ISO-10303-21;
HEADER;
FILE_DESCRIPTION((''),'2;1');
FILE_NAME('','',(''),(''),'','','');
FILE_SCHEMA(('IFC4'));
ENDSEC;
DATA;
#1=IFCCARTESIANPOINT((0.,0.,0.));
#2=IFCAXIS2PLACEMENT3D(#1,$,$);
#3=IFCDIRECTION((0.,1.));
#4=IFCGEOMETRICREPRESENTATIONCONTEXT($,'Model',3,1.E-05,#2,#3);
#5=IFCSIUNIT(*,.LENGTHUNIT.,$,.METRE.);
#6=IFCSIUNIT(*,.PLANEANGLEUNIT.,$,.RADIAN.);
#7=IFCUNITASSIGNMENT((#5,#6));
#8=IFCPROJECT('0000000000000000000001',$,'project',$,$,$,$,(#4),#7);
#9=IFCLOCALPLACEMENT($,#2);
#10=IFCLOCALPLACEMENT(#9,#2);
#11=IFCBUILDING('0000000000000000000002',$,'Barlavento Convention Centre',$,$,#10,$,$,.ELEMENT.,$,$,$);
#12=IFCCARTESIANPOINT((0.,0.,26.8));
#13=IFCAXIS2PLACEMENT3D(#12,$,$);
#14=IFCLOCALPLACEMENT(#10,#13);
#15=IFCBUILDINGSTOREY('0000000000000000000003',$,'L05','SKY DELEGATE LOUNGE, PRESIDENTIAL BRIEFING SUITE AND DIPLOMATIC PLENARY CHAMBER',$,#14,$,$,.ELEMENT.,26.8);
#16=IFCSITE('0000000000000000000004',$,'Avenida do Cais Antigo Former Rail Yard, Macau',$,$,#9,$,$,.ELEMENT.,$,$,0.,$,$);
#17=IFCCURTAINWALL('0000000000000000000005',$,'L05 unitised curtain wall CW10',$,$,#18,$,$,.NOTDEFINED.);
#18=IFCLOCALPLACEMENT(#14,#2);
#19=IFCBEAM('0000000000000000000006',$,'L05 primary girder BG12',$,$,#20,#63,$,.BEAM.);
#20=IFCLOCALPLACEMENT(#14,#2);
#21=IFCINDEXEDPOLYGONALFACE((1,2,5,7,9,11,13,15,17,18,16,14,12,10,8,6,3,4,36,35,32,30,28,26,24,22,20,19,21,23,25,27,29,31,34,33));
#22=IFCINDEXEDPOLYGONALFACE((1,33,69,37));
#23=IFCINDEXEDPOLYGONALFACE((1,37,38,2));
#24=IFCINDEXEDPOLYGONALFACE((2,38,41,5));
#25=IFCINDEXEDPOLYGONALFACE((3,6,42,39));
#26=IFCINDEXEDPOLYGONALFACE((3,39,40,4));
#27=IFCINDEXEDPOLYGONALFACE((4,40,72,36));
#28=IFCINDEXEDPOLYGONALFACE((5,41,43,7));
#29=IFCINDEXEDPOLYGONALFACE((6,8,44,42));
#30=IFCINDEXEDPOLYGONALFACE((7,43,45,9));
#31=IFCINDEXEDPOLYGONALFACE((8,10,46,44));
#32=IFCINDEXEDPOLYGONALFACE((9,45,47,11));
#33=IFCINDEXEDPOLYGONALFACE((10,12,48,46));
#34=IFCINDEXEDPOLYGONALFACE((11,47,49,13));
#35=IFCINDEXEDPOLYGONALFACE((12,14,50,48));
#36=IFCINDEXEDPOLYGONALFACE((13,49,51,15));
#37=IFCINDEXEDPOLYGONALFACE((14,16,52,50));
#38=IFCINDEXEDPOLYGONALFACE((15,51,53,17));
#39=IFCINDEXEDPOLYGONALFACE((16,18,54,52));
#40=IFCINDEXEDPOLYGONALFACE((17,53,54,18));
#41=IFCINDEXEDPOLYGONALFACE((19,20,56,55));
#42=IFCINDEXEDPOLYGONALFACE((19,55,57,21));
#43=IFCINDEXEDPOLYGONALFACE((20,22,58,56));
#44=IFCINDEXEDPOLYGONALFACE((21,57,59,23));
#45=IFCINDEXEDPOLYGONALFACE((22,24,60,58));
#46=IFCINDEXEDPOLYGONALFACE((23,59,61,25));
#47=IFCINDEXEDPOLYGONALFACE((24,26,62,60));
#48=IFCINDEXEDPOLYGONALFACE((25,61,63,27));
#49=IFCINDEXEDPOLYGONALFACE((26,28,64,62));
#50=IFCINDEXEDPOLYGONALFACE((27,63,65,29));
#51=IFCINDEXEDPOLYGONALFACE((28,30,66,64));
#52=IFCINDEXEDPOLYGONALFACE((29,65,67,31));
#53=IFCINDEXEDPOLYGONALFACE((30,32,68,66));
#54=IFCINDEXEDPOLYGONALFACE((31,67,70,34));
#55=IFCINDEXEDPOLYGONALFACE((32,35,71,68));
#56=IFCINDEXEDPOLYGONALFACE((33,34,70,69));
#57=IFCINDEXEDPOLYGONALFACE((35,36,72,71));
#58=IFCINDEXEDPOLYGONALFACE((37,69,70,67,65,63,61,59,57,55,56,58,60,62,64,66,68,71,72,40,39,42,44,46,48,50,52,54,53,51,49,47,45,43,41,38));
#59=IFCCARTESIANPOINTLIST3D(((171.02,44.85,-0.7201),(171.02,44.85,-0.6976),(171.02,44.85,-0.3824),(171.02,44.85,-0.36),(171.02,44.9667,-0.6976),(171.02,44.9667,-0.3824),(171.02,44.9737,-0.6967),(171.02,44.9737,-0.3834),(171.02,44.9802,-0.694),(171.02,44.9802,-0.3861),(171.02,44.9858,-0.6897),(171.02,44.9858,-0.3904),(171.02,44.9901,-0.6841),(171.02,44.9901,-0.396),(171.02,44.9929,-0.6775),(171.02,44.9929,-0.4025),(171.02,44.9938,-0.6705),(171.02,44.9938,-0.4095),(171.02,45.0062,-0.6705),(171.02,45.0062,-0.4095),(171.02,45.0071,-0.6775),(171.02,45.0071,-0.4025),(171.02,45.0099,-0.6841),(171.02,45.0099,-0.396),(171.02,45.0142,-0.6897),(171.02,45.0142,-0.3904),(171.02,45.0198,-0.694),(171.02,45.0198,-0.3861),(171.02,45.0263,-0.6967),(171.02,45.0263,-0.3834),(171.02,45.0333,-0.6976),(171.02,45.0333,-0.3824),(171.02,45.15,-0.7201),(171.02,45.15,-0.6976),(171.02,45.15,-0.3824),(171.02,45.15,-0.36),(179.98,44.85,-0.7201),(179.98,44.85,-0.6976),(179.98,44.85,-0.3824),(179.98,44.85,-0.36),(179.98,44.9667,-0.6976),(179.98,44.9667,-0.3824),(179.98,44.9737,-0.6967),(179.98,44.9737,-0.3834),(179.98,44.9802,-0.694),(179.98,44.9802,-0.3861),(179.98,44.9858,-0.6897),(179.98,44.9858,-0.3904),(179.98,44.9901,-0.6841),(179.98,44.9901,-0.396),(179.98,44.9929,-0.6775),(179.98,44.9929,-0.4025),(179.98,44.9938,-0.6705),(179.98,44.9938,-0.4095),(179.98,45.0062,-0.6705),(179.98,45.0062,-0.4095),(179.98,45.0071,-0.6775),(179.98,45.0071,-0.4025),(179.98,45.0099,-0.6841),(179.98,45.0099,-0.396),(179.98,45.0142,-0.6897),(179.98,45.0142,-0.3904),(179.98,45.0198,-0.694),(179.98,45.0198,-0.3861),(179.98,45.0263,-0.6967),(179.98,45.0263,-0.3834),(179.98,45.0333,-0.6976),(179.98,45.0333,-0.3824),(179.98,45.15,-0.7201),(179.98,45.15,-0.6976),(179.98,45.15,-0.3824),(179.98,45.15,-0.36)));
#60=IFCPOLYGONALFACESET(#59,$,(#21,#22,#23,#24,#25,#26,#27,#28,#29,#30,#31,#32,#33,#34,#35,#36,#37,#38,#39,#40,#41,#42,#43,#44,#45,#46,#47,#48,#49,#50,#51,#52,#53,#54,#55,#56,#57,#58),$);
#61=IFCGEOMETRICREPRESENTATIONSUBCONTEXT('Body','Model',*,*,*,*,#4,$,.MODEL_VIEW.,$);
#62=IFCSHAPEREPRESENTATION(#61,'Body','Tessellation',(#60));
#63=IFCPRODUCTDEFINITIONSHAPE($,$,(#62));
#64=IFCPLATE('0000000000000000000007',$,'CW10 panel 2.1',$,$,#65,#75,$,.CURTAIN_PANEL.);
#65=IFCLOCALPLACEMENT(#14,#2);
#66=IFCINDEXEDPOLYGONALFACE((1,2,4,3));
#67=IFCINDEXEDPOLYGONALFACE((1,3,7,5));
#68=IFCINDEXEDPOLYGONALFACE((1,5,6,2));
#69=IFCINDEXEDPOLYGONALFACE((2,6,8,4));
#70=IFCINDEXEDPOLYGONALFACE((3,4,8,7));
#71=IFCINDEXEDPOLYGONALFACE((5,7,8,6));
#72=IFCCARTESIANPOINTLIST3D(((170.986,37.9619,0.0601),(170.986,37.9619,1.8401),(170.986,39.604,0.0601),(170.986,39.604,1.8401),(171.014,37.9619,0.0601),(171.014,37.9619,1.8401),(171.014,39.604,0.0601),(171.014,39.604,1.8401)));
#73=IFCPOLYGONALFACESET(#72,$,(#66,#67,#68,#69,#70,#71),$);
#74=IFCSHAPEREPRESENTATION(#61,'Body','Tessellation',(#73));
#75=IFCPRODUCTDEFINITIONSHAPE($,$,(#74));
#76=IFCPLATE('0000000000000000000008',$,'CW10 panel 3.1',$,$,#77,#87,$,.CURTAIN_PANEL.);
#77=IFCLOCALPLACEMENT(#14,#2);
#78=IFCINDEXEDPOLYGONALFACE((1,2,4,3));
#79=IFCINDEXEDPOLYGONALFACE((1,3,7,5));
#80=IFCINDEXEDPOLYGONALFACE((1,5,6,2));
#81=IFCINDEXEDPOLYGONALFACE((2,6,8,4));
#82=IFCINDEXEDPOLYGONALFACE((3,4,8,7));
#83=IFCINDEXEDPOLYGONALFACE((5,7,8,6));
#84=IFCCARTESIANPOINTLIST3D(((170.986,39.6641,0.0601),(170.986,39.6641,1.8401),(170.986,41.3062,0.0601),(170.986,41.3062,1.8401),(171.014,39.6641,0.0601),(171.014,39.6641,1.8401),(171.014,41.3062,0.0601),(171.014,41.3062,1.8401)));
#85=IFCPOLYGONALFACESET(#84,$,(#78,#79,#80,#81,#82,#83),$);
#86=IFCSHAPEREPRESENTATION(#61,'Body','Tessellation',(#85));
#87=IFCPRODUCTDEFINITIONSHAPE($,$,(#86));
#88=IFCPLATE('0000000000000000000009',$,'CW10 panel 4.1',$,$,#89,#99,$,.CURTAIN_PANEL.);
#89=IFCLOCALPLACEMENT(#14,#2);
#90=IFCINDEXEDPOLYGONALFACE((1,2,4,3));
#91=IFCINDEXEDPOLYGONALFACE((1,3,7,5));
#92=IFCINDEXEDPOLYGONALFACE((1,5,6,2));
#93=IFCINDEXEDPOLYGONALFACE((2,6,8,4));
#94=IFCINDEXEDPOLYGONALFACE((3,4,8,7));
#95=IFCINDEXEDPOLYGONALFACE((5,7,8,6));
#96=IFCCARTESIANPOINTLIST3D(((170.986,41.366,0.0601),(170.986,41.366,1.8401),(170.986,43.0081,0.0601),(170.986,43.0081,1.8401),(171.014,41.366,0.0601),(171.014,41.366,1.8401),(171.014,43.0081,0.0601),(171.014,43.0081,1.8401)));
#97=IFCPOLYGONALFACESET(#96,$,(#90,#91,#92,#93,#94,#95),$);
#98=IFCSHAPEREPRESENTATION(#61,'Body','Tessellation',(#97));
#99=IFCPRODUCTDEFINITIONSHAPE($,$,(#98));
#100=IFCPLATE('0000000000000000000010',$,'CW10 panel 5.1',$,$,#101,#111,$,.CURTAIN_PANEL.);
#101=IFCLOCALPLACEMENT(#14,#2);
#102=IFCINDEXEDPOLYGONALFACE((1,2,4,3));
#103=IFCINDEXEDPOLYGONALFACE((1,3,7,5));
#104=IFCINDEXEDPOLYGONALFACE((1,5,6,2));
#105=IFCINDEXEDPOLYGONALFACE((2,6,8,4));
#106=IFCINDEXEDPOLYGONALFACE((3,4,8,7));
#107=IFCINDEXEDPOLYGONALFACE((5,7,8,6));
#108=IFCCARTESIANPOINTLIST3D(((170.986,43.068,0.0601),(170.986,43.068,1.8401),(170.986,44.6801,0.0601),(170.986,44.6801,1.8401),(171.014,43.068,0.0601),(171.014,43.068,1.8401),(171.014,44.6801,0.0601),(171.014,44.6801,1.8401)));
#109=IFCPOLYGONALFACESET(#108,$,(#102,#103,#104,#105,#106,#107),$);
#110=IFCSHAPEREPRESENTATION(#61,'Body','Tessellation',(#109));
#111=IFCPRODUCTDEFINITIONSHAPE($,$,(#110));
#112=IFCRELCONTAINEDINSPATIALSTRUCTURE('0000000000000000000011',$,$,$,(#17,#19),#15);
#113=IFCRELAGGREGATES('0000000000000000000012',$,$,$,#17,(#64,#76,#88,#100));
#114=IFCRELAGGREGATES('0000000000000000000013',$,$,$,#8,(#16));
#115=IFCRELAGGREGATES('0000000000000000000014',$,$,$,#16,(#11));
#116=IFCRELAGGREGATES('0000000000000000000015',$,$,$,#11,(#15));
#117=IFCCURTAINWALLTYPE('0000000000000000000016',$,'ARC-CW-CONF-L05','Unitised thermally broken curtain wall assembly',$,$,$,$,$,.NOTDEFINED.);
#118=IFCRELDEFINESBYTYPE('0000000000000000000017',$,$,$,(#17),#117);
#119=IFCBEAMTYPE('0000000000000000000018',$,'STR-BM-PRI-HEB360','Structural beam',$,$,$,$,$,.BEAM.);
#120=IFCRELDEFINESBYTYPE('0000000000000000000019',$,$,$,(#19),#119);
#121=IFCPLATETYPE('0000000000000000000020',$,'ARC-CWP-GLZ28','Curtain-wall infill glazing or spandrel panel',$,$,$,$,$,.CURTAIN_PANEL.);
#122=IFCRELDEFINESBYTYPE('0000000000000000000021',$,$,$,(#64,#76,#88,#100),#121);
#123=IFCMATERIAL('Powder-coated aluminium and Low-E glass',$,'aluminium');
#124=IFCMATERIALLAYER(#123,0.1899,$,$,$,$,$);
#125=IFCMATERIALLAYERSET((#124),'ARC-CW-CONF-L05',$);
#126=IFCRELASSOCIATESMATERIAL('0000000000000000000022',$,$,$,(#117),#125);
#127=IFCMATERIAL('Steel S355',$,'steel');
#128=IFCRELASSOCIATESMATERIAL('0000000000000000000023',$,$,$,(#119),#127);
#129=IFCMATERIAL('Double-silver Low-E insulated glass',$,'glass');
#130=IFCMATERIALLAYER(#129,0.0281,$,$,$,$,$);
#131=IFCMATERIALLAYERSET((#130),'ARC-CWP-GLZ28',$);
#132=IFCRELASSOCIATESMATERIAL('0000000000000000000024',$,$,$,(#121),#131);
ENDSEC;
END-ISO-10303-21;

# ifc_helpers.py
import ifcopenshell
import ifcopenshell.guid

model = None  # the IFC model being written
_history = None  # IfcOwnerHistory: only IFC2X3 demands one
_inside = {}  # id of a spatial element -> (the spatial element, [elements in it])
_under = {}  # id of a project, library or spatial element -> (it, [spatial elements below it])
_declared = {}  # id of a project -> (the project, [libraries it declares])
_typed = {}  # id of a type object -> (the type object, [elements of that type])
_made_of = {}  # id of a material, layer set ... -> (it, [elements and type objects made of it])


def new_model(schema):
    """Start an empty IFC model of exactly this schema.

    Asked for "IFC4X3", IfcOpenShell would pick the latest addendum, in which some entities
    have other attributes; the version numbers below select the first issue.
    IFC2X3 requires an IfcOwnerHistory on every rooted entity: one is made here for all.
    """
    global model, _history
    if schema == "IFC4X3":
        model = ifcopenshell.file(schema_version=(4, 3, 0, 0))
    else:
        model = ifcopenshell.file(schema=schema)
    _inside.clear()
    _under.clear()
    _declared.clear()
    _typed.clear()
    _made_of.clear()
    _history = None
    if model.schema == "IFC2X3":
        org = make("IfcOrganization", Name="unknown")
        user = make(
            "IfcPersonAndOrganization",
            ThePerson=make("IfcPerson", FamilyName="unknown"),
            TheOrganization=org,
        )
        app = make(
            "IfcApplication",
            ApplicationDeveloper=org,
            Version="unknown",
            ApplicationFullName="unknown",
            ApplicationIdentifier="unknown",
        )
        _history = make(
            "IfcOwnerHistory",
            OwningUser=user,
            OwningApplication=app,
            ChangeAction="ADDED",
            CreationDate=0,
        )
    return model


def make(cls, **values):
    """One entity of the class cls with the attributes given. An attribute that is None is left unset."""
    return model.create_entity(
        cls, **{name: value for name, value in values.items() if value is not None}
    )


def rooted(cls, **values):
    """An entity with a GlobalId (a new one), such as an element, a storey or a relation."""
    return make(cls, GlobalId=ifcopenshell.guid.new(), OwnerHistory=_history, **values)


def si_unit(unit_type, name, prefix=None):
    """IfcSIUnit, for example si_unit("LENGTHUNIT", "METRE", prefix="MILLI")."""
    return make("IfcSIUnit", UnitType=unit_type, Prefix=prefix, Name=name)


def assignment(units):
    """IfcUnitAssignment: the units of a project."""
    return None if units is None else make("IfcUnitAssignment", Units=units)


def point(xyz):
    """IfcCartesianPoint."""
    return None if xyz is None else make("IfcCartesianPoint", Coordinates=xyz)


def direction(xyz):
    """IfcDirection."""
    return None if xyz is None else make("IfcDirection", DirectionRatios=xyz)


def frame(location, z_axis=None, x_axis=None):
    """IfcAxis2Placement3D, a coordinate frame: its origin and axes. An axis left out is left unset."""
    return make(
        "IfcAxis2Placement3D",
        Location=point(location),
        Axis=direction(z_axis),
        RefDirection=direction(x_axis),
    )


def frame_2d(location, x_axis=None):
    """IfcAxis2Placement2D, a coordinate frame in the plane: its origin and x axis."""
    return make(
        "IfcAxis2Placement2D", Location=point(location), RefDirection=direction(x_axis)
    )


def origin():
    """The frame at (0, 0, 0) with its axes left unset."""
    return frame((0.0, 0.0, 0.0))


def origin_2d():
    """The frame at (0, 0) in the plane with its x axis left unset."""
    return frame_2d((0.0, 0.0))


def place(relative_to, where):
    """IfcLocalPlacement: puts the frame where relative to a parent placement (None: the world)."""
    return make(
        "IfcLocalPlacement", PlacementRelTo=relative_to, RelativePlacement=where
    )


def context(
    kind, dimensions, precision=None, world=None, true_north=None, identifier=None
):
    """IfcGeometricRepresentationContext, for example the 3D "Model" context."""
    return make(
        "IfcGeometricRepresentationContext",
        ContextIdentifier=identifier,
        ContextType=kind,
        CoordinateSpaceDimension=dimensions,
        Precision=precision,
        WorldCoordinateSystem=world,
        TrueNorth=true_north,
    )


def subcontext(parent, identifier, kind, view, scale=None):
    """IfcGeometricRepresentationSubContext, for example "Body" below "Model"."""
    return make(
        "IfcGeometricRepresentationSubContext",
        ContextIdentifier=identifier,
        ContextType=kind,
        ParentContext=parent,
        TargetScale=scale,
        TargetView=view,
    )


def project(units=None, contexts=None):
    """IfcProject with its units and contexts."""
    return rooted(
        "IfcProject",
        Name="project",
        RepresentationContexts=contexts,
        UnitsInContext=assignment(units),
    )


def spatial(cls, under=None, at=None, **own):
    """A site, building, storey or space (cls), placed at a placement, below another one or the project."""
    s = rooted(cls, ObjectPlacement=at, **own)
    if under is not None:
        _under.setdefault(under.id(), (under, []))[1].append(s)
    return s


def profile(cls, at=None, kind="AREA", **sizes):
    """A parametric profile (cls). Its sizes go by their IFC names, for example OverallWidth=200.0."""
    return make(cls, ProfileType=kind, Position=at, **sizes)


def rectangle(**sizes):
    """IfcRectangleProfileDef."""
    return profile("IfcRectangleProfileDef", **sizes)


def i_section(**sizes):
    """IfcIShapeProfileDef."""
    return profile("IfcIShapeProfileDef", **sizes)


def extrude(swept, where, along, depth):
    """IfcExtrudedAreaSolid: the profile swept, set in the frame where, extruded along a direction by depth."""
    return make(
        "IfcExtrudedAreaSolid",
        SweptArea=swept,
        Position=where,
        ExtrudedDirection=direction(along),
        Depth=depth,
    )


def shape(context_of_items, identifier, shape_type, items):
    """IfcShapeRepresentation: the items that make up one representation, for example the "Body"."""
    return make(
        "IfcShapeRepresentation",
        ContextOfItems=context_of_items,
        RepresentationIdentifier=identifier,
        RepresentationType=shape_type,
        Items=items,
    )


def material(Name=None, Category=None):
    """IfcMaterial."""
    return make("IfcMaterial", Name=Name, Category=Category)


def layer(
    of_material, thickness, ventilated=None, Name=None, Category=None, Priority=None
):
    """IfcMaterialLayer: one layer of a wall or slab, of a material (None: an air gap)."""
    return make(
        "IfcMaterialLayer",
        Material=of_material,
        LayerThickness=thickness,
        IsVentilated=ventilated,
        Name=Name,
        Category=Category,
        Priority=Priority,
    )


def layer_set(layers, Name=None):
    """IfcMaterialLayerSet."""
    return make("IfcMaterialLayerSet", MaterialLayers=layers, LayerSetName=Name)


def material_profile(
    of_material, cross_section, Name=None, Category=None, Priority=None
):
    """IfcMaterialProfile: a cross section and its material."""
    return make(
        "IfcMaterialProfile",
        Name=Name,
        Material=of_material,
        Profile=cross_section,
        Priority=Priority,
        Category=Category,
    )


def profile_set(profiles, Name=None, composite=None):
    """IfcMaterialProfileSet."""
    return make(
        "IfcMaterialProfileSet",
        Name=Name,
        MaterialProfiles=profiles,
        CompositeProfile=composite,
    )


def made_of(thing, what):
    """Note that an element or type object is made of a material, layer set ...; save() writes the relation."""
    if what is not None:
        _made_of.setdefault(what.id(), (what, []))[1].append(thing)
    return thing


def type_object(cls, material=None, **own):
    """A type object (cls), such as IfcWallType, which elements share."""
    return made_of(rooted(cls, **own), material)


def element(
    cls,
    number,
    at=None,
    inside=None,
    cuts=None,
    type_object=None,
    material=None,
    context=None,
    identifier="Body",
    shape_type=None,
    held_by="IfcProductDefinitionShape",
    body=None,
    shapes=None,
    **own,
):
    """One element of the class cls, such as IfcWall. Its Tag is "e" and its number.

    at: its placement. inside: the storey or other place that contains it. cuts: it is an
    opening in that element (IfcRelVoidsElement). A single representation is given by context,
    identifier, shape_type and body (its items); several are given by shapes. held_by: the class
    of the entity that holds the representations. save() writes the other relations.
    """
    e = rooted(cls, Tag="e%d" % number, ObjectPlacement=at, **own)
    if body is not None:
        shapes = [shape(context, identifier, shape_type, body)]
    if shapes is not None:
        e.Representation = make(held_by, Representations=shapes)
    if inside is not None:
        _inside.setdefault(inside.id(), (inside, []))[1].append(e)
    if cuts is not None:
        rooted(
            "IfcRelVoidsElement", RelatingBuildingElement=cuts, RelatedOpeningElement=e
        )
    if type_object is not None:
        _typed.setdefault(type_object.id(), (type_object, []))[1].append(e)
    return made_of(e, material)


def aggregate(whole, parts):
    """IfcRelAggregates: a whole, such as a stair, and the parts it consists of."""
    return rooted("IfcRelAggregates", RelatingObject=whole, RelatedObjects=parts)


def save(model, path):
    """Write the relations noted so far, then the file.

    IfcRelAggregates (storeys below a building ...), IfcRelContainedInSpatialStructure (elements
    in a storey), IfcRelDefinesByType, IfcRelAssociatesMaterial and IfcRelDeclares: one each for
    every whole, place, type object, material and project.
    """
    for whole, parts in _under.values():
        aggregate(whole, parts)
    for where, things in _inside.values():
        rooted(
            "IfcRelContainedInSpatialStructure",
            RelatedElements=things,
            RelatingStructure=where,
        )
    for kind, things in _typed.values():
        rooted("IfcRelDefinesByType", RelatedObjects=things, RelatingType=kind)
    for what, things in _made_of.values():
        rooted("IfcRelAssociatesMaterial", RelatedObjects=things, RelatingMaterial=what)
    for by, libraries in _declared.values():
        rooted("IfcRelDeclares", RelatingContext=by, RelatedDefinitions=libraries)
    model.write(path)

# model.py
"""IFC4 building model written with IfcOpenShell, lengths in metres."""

from ifc_helpers import new_model, si_unit, direction, frame, origin, origin_2d, place, context, subcontext, project, spatial, rectangle, i_section, extrude, material, layer, layer_set, material_profile, profile_set, type_object, element, aggregate, save


model = new_model("IFC4")

# Units and contexts
model_context = context("Model", 3, precision=1e-05, world=origin(), true_north=direction((0.0, 1.0)))
body_context = subcontext(model_context, "Body", "Model", "MODEL_VIEW")
ifc_project = project(units=[si_unit("LENGTHUNIT", "METRE"), si_unit("PLANEANGLEUNIT", "RADIAN")], contexts=[model_context])

# Site, building, storey
site_placement = place(None, origin())
site = spatial("IfcSite", under=ifc_project, at=site_placement, Name="Avenida do Cais Antigo Former Rail Yard, Macau", CompositionType="ELEMENT", RefElevation=0.0)
building_placement = place(site_placement, origin())
building = spatial("IfcBuilding", under=site, at=building_placement, Name="Barlavento Convention Centre", CompositionType="ELEMENT")
storey_placement = place(building_placement, frame((0.0, 0.0, 26.8)))
storey = spatial("IfcBuildingStorey", under=building, at=storey_placement, Name="L05", Description="SKY DELEGATE LOUNGE, PRESIDENTIAL BRIEFING SUITE AND DIPLOMATIC PLENARY CHAMBER", CompositionType="ELEMENT", Elevation=26.8)

# Shared definitions
ifc_material_1 = material(Name="Steel S355", Category="steel")

# Curtain wall
ifc_material_2 = material(Name="Powder-coated aluminium and Low-E glass", Category="aluminium")
ifc_layer_1 = layer(ifc_material_2, 0.1899)
ifc_layer_set_1 = layer_set([ifc_layer_1], Name="ARC-CW-CONF-L05")
curtain_wall_type = type_object("IfcCurtainWallType", Name="ARC-CW-CONF-L05", Description="Unitised thermally broken curtain wall assembly", PredefinedType="NOTDEFINED", material=ifc_layer_set_1)
curtain_wall_placement = place(storey_placement, origin())
curtain_wall = element("IfcCurtainWall", 1, at=curtain_wall_placement, inside=storey, type_object=curtain_wall_type, Name="L05 unitised curtain wall CW10", PredefinedType="NOTDEFINED")

# Beam
ifc_material_profile_1 = material_profile(ifc_material_1, i_section(OverallWidth=0.3, OverallDepth=0.3601, WebThickness=0.0125, FlangeThickness=0.0225, FilletRadius=0.0271, at=origin_2d()), Name="HEB 360")
ifc_profile_set_1 = profile_set([ifc_material_profile_1], Name="Steel S355")
beam_type_1 = type_object("IfcBeamType", Name="STR-BM-PRI-HEB360", Description="Structural beam", PredefinedType="BEAM", material=ifc_profile_set_1)
beam_1_placement = place(storey_placement, frame((171.02, 45.0, -0.54), z_axis=(1.0, 0.0, 0.0), x_axis=(0.0, 1.0, 0.0)))
element("IfcBeam", 2, at=beam_1_placement, inside=storey, type_object=beam_type_1, Name="L05 primary girder BG12", PredefinedType="BEAM", context=body_context, shape_type="SweptSolid", body=[
    extrude(i_section(OverallWidth=0.3, OverallDepth=0.3601, WebThickness=0.0125, FlangeThickness=0.0225, FilletRadius=0.0271, at=origin_2d()), origin(), (0.0, 0.0, 1.0), 8.96),
])

# Plates
ifc_material_3 = material(Name="Double-silver Low-E insulated glass", Category="glass")
ifc_layer_2 = layer(ifc_material_3, 0.0281)
ifc_layer_set_2 = layer_set([ifc_layer_2], Name="ARC-CWP-GLZ28")
plate_type = type_object("IfcPlateType", Name="ARC-CWP-GLZ28", Description="Curtain-wall infill glazing or spandrel panel", PredefinedType="CURTAIN_PANEL", material=ifc_layer_set_2)
plate_1_placement = place(storey_placement, frame((171.0, 38.783, 0.0601), z_axis=(0.0, 0.0, 1.0), x_axis=(0.0, 1.0, 0.0)))
plate_1 = element("IfcPlate", 3, at=plate_1_placement, type_object=plate_type, Name="CW10 panel 2.1", PredefinedType="CURTAIN_PANEL", context=body_context, shape_type="SweptSolid", body=[
    extrude(rectangle(XDim=1.6421, YDim=0.0281, at=origin_2d()), origin(), (0.0, 0.0, 1.0), 1.78),
])
plate_2_placement = place(storey_placement, frame((171.0, 40.4851, 0.0601), z_axis=(0.0, 0.0, 1.0), x_axis=(0.0, 1.0, 0.0)))
plate_2 = element("IfcPlate", 4, at=plate_2_placement, type_object=plate_type, Name="CW10 panel 3.1", PredefinedType="CURTAIN_PANEL", context=body_context, shape_type="SweptSolid", body=[
    extrude(rectangle(XDim=1.6421, YDim=0.0281, at=origin_2d()), origin(), (0.0, 0.0, 1.0), 1.78),
])
plate_3_placement = place(storey_placement, frame((171.0, 42.187, 0.0601), z_axis=(0.0, 0.0, 1.0), x_axis=(0.0, 1.0, 0.0)))
plate_3 = element("IfcPlate", 5, at=plate_3_placement, type_object=plate_type, Name="CW10 panel 4.1", PredefinedType="CURTAIN_PANEL", context=body_context, shape_type="SweptSolid", body=[
    extrude(rectangle(XDim=1.6421, YDim=0.0281, at=origin_2d()), origin(), (0.0, 0.0, 1.0), 1.78),
])
plate_4_placement = place(storey_placement, frame((171.0, 43.874, 0.0601), z_axis=(0.0, 0.0, 1.0), x_axis=(0.0, 1.0, 0.0)))
plate_4 = element("IfcPlate", 6, at=plate_4_placement, type_object=plate_type, Name="CW10 panel 5.1", PredefinedType="CURTAIN_PANEL", context=body_context, shape_type="SweptSolid", body=[
    extrude(rectangle(XDim=1.6121, YDim=0.0281, at=origin_2d()), origin(), (0.0, 0.0, 1.0), 1.78),
])
aggregate(curtain_wall, [plate_1, plate_2, plate_3, plate_4])

save(model, "model.ifc")
